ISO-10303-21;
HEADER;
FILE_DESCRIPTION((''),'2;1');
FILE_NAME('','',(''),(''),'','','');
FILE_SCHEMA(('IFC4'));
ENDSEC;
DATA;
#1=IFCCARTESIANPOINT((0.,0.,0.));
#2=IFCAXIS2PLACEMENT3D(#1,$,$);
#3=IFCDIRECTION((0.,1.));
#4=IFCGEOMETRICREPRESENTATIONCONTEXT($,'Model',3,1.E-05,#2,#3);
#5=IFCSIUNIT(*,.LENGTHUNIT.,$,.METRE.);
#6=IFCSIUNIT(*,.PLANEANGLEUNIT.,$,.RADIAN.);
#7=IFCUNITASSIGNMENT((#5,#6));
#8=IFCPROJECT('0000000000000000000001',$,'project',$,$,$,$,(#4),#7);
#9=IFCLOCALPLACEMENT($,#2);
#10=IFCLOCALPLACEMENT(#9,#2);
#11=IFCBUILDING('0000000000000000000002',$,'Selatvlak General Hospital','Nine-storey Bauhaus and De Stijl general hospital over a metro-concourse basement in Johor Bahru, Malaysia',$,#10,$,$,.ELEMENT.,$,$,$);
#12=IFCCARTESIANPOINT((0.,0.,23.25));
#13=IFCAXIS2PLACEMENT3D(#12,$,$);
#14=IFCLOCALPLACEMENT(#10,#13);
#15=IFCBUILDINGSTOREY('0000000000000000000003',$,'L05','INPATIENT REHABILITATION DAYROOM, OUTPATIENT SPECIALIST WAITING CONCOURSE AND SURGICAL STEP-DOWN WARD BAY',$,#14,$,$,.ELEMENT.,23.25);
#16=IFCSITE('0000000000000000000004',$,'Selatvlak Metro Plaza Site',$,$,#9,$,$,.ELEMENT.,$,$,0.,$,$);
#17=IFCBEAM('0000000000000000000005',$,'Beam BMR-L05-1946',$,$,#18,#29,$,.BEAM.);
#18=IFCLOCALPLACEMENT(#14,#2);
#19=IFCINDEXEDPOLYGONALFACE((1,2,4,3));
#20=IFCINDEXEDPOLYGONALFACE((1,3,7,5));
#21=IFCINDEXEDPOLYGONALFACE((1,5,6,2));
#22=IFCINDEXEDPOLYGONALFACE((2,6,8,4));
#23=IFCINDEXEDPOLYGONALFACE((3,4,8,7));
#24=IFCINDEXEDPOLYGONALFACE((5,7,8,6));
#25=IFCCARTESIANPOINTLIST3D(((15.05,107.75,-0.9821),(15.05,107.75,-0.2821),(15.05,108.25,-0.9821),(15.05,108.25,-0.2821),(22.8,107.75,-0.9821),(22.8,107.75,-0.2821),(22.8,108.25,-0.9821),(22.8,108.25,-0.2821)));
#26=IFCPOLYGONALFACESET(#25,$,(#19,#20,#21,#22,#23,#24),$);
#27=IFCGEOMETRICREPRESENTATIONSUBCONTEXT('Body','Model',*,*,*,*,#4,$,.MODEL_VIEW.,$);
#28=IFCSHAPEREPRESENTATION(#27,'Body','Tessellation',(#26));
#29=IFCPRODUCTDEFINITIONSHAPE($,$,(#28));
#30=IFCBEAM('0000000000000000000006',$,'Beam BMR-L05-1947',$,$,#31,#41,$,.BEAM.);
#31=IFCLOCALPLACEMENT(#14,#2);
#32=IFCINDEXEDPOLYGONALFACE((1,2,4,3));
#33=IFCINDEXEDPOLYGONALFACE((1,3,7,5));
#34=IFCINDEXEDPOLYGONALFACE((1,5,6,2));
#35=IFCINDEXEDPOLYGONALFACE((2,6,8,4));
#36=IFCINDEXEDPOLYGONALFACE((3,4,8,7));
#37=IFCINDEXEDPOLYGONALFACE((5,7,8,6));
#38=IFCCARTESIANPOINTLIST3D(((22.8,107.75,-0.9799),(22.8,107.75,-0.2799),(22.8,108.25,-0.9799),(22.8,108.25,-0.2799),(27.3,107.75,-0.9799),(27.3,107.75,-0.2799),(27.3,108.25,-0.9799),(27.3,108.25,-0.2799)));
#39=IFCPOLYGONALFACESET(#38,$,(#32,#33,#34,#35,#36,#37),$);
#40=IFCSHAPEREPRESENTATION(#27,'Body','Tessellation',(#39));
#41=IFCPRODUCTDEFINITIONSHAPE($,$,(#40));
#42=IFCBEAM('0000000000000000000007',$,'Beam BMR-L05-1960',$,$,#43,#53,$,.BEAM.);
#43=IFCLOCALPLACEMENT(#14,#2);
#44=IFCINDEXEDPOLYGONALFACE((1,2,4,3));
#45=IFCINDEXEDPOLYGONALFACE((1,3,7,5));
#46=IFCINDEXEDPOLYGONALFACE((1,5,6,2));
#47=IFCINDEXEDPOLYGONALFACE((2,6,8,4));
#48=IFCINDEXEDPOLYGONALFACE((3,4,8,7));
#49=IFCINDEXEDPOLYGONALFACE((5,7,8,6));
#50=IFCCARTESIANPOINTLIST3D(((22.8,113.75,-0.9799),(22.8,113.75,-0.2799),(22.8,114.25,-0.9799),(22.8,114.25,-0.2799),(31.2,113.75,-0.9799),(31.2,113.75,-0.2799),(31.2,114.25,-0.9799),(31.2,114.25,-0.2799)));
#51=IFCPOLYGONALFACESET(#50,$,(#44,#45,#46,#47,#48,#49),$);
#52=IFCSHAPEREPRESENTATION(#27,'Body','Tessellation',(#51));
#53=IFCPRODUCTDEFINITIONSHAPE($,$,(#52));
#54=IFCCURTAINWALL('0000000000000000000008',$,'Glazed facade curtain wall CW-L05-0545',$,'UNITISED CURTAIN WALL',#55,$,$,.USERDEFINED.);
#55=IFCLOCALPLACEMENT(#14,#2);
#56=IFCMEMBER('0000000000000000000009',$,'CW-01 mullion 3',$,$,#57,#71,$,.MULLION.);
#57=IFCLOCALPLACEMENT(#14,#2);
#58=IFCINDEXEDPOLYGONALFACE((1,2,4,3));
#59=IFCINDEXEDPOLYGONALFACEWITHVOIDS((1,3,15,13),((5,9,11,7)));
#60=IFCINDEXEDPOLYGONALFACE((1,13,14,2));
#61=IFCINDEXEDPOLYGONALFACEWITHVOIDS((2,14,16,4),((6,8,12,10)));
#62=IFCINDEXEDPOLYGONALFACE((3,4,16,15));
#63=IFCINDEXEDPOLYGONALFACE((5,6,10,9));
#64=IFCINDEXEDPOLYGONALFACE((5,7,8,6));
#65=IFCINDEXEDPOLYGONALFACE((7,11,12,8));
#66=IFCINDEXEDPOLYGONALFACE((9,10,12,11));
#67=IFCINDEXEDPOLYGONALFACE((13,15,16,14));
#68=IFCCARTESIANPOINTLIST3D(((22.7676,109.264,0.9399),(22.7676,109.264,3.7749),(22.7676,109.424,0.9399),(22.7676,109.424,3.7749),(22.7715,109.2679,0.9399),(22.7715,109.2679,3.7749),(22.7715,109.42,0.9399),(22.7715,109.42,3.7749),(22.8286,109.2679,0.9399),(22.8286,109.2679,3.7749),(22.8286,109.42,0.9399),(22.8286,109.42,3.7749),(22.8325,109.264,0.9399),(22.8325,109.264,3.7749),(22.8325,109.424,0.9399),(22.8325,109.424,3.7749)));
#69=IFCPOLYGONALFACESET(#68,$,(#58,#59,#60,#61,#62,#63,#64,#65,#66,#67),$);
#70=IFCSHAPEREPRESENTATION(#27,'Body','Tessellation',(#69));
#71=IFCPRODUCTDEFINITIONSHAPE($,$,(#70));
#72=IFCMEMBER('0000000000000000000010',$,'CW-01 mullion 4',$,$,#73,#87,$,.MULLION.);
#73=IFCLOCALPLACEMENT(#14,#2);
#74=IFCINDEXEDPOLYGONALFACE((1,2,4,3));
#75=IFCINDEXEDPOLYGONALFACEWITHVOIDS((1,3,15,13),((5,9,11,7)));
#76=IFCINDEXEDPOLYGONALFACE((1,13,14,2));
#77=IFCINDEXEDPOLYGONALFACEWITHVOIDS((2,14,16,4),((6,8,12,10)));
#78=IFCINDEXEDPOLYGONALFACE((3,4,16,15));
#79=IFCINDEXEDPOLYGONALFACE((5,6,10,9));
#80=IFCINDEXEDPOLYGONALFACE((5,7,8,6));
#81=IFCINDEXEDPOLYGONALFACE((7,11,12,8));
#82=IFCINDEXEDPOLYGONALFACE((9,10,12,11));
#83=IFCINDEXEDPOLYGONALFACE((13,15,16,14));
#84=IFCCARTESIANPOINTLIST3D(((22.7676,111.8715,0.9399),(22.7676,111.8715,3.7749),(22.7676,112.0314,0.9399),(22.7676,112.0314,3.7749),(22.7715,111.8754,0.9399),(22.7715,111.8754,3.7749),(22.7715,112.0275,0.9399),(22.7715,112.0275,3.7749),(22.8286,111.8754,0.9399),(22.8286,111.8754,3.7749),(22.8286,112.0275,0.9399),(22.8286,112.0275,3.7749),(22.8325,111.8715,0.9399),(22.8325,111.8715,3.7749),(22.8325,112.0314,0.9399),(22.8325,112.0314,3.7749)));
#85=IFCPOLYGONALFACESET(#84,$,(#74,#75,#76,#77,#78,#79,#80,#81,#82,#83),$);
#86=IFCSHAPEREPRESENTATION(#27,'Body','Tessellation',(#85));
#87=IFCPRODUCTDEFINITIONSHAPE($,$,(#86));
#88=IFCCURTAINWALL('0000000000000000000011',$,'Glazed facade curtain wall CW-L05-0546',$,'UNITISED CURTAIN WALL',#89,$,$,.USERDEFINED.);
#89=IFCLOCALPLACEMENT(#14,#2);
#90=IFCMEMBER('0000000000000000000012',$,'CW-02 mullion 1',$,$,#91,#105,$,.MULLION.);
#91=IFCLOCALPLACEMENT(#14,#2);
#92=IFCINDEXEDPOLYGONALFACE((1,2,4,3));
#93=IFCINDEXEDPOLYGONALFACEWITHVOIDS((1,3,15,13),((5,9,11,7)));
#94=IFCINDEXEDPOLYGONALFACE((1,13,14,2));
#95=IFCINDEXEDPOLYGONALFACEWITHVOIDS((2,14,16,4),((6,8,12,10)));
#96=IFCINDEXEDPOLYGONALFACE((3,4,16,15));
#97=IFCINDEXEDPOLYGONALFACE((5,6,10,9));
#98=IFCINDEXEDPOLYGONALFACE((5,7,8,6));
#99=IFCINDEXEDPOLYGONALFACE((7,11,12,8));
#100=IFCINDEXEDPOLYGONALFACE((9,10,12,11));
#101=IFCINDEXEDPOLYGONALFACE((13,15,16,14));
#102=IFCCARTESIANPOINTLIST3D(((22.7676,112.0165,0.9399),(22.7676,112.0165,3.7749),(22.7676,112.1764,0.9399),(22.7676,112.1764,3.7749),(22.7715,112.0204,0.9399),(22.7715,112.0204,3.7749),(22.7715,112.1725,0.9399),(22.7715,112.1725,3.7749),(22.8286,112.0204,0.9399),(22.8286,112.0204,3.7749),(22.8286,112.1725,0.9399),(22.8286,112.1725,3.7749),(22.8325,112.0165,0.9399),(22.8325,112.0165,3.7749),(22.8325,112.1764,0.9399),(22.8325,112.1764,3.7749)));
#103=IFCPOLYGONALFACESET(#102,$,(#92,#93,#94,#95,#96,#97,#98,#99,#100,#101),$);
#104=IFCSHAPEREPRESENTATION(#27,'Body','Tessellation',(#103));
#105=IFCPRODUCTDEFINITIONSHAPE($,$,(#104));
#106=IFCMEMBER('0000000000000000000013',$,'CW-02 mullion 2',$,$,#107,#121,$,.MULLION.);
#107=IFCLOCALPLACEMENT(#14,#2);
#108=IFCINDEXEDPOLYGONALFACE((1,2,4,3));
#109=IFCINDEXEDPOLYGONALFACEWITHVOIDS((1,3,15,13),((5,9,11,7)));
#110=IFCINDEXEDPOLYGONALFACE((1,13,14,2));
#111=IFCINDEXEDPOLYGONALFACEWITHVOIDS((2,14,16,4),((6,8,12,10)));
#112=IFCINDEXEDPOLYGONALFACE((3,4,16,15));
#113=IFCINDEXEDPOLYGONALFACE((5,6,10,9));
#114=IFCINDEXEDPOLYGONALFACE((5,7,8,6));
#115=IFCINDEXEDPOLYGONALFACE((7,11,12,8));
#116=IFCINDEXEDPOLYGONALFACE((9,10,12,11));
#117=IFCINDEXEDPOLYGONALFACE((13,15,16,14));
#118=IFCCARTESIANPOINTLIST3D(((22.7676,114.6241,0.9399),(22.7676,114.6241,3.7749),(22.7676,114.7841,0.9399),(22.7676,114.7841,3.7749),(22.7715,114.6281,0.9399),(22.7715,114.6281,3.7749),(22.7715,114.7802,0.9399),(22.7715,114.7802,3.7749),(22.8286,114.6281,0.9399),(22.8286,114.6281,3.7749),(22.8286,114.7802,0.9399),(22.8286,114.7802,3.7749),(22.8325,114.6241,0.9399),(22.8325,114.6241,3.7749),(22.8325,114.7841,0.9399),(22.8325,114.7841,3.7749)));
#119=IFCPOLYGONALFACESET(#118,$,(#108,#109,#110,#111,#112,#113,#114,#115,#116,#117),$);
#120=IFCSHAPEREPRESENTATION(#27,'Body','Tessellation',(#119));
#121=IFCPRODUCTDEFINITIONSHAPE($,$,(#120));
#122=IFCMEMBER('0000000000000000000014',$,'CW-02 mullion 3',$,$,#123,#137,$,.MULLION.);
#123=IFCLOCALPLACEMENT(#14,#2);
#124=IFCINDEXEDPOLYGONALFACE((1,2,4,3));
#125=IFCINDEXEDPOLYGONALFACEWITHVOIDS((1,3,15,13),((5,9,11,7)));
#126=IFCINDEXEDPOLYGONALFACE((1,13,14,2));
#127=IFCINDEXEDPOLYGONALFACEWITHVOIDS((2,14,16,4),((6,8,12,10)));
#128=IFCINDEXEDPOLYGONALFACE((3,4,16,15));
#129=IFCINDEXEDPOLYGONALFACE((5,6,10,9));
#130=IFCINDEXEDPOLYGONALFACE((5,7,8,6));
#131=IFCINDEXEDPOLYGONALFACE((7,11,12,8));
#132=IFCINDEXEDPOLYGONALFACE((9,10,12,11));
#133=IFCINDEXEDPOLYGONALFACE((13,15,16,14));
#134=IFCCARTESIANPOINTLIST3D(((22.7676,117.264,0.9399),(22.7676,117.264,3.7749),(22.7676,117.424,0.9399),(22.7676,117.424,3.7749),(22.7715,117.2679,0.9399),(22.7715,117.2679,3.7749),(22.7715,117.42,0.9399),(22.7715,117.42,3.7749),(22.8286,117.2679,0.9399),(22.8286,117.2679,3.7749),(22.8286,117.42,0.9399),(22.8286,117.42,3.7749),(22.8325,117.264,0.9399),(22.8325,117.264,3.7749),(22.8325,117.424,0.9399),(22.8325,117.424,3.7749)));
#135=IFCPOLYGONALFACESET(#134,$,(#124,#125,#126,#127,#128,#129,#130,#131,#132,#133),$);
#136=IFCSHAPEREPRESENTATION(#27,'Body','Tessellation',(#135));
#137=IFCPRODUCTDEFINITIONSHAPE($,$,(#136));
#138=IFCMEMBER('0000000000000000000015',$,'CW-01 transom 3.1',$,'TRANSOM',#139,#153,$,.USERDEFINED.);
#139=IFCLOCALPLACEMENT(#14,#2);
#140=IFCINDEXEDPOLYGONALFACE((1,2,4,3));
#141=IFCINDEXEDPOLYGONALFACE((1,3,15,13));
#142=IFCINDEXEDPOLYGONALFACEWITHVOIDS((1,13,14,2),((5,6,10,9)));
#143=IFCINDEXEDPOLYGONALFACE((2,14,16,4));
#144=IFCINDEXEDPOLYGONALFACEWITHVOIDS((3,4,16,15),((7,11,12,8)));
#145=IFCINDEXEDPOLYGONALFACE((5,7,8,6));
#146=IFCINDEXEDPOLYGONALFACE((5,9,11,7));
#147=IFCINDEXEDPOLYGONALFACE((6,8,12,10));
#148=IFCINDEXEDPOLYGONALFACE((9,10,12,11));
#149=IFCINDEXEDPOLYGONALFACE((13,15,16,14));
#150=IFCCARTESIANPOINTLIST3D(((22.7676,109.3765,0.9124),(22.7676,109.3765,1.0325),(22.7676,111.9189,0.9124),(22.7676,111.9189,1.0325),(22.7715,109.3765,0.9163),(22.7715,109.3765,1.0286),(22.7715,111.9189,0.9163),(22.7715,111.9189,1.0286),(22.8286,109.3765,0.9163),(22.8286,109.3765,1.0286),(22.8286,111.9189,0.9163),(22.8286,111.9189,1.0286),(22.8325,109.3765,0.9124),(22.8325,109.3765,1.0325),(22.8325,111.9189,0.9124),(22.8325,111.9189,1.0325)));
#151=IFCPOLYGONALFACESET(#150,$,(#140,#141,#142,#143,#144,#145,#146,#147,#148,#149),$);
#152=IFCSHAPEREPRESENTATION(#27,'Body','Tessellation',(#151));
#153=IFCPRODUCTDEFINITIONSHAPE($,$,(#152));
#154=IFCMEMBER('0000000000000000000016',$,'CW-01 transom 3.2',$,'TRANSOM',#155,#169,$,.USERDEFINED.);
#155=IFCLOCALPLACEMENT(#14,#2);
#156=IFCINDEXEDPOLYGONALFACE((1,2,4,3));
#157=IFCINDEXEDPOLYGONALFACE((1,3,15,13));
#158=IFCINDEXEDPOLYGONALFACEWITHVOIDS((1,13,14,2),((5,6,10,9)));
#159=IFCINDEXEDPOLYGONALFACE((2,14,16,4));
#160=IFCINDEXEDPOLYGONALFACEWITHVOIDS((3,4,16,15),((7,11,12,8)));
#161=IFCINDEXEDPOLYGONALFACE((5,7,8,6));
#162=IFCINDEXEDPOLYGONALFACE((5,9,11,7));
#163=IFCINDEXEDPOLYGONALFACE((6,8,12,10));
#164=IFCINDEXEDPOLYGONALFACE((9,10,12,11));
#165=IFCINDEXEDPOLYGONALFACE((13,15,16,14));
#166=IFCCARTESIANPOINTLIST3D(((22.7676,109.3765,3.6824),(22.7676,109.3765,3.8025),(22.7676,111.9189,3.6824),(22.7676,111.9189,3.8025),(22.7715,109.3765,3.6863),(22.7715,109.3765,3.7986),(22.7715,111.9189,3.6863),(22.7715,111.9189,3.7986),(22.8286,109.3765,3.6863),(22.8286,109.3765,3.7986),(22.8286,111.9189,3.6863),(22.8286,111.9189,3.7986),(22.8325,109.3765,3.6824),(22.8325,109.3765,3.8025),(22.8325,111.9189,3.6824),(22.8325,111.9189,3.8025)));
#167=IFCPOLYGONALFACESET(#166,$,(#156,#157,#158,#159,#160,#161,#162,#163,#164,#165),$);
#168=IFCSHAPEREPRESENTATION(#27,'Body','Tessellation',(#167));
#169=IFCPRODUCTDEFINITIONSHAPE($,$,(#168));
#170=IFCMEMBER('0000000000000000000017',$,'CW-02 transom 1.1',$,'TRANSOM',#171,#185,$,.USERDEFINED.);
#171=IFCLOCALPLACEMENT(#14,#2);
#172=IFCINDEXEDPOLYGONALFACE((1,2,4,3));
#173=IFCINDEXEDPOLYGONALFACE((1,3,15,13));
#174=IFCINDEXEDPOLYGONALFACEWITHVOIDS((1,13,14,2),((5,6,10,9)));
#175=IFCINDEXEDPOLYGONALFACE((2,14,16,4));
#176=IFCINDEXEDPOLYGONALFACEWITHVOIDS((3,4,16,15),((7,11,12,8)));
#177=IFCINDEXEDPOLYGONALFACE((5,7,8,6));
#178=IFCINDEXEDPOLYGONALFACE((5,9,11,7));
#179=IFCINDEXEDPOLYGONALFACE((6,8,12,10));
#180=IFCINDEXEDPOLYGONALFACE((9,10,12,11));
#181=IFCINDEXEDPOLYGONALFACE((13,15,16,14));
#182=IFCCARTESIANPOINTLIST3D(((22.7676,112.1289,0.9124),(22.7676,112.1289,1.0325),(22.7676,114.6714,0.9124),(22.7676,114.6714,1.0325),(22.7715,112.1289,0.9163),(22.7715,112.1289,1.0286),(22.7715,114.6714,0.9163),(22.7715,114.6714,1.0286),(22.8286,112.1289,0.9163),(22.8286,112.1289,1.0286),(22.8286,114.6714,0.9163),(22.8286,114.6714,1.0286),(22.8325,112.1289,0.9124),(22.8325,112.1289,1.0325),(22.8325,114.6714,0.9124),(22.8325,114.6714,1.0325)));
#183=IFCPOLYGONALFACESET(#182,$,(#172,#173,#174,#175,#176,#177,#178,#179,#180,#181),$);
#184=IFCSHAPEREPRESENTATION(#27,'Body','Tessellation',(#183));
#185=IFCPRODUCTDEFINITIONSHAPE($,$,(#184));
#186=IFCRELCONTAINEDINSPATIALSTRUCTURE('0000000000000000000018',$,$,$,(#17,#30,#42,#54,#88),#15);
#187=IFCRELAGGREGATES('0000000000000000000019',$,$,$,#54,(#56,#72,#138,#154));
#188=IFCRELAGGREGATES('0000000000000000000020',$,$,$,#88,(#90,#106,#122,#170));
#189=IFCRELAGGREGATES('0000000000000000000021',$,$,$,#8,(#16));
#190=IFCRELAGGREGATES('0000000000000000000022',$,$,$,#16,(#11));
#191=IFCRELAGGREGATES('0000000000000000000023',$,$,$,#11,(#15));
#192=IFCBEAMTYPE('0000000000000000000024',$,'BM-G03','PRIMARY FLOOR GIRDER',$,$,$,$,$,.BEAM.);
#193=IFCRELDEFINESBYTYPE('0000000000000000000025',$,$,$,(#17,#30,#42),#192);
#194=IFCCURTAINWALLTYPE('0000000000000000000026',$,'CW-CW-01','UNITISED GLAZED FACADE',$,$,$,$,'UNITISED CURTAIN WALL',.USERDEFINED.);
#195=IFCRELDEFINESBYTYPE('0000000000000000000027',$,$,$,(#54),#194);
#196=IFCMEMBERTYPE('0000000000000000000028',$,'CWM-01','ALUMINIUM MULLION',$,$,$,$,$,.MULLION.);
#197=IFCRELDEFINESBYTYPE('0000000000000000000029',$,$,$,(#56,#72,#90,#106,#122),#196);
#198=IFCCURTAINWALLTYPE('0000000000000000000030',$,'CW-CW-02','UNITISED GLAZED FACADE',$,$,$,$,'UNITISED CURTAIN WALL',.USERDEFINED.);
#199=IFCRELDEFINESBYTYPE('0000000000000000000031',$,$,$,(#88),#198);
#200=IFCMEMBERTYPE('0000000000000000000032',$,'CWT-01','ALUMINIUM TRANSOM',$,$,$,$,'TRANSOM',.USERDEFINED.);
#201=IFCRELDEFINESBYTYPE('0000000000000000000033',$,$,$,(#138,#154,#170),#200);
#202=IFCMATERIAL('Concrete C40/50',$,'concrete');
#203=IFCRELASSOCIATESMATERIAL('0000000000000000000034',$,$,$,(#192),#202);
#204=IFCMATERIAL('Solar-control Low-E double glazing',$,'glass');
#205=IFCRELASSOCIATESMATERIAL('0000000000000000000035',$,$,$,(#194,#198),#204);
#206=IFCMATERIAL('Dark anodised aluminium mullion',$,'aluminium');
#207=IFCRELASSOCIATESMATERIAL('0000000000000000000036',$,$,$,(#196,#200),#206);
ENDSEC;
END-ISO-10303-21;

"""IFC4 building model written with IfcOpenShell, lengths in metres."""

from ifc_helpers import new_model, si_unit, direction, frame, origin, origin_2d, place, context, subcontext, project, spatial, rectangle, hollow_rectangle, extrude, material, material_profile, profile_set, type_object, element, aggregate, save


model = new_model("IFC4")

# Units and contexts
model_context = context("Model", 3, precision=1e-05, world=origin(), true_north=direction((0.0, 1.0)))
body_context = subcontext(model_context, "Body", "Model", "MODEL_VIEW")
ifc_project = project(units=[si_unit("LENGTHUNIT", "METRE"), si_unit("PLANEANGLEUNIT", "RADIAN")], contexts=[model_context])

# Site, building, storey
site_placement = place(None, origin())
site = spatial("IfcSite", under=ifc_project, at=site_placement, Name="Selatvlak Metro Plaza Site", CompositionType="ELEMENT", RefElevation=0.0)
building_placement = place(site_placement, origin())
building = spatial("IfcBuilding", under=site, at=building_placement, Name="Selatvlak General Hospital", Description="Nine-storey Bauhaus and De Stijl general hospital over a metro-concourse basement in Johor Bahru, Malaysia", CompositionType="ELEMENT")
storey_placement = place(building_placement, frame((0.0, 0.0, 23.25)))
storey = spatial("IfcBuildingStorey", under=building, at=storey_placement, Name="L05", Description="INPATIENT REHABILITATION DAYROOM, OUTPATIENT SPECIALIST WAITING CONCOURSE AND SURGICAL STEP-DOWN WARD BAY", CompositionType="ELEMENT", Elevation=23.25)

# Beams
ifc_material_1 = material(Name="Concrete C40/50", Category="concrete")
ifc_material_profile_1 = material_profile(ifc_material_1, rectangle(XDim=0.5, YDim=0.7, at=origin_2d()), Name="RC-BM 500x700")
ifc_profile_set_1 = profile_set([ifc_material_profile_1], Name="Concrete C40/50")
beam_type = type_object("IfcBeamType", Name="BM-G03", Description="PRIMARY FLOOR GIRDER", PredefinedType="BEAM", material=ifc_profile_set_1)
beam_1_placement = place(storey_placement, frame((15.05, 108.0, -0.6321), z_axis=(1.0, 0.0, 0.0), x_axis=(0.0, 1.0, 0.0)))
element("IfcBeam", 1, at=beam_1_placement, inside=storey, type_object=beam_type, Name="Beam BMR-L05-1946", PredefinedType="BEAM", context=body_context, shape_type="SweptSolid", body=[
    extrude(rectangle(XDim=0.5, YDim=0.7, at=origin_2d()), origin(), (0.0, 0.0, 1.0), 7.75),
])
beam_2_placement = place(storey_placement, frame((22.8, 108.0, -0.6299), z_axis=(1.0, 0.0, 0.0), x_axis=(0.0, 1.0, 0.0)))
element("IfcBeam", 2, at=beam_2_placement, inside=storey, type_object=beam_type, Name="Beam BMR-L05-1947", PredefinedType="BEAM", context=body_context, shape_type="SweptSolid", body=[
    extrude(rectangle(XDim=0.5, YDim=0.7, at=origin_2d()), origin(), (0.0, 0.0, 1.0), 4.5),
])
beam_3_placement = place(storey_placement, frame((22.8, 114.0, -0.6299), z_axis=(1.0, 0.0, 0.0), x_axis=(0.0, 1.0, 0.0)))
element("IfcBeam", 3, at=beam_3_placement, inside=storey, type_object=beam_type, Name="Beam BMR-L05-1960", PredefinedType="BEAM", context=body_context, shape_type="SweptSolid", body=[
    extrude(rectangle(XDim=0.5, YDim=0.7, at=origin_2d()), origin(), (0.0, 0.0, 1.0), 8.3999),
])

# Curtain walls, members
ifc_material_2 = material(Name="Solar-control Low-E double glazing", Category="glass")
curtain_wall_type_1 = type_object("IfcCurtainWallType", Name="CW-CW-01", Description="UNITISED GLAZED FACADE", ElementType="UNITISED CURTAIN WALL", PredefinedType="USERDEFINED", material=ifc_material_2)
curtain_wall_1_placement = place(storey_placement, origin())
curtain_wall_1 = element("IfcCurtainWall", 4, at=curtain_wall_1_placement, inside=storey, type_object=curtain_wall_type_1, Name="Glazed facade curtain wall CW-L05-0545", ObjectType="UNITISED CURTAIN WALL", PredefinedType="USERDEFINED")
ifc_material_3 = material(Name="Dark anodised aluminium mullion", Category="aluminium")
ifc_material_profile_2 = material_profile(ifc_material_3, hollow_rectangle(XDim=0.0649, YDim=0.1599, WallThickness=0.0039, at=origin_2d()), Name="AL-MUL 65x160x4")
ifc_profile_set_2 = profile_set([ifc_material_profile_2], Name="Dark anodised aluminium mullion")
member_type_1 = type_object("IfcMemberType", Name="CWM-01", Description="ALUMINIUM MULLION", PredefinedType="MULLION", material=ifc_profile_set_2)
member_1_placement = place(storey_placement, frame((22.8, 109.344, 0.9399), z_axis=(0.0, 0.0, 1.0), x_axis=(-1.0, 0.0, 0.0)))
member_1 = element("IfcMember", 5, at=member_1_placement, type_object=member_type_1, Name="CW-01 mullion 3", PredefinedType="MULLION", context=body_context, shape_type="SweptSolid", body=[
    extrude(hollow_rectangle(XDim=0.0649, YDim=0.1599, WallThickness=0.0039, at=origin_2d()), origin(), (0.0, 0.0, 1.0), 2.835),
])
member_2_placement = place(storey_placement, frame((22.8, 111.9514, 0.9399), z_axis=(0.0, 0.0, 1.0), x_axis=(-1.0, 0.0, 0.0)))
member_2 = element("IfcMember", 6, at=member_2_placement, type_object=member_type_1, Name="CW-01 mullion 4", PredefinedType="MULLION", context=body_context, shape_type="SweptSolid", body=[
    extrude(hollow_rectangle(XDim=0.0649, YDim=0.1599, WallThickness=0.0039, at=origin_2d()), origin(), (0.0, 0.0, 1.0), 2.835),
])
curtain_wall_type_2 = type_object("IfcCurtainWallType", Name="CW-CW-02", Description="UNITISED GLAZED FACADE", ElementType="UNITISED CURTAIN WALL", PredefinedType="USERDEFINED", material=ifc_material_2)
curtain_wall_2_placement = place(storey_placement, origin())
curtain_wall_2 = element("IfcCurtainWall", 7, at=curtain_wall_2_placement, inside=storey, type_object=curtain_wall_type_2, Name="Glazed facade curtain wall CW-L05-0546", ObjectType="UNITISED CURTAIN WALL", PredefinedType="USERDEFINED")
member_3_placement = place(storey_placement, frame((22.8, 112.0964, 0.9399), z_axis=(0.0, 0.0, 1.0), x_axis=(-1.0, 0.0, 0.0)))
member_3 = element("IfcMember", 8, at=member_3_placement, type_object=member_type_1, Name="CW-02 mullion 1", PredefinedType="MULLION", context=body_context, shape_type="SweptSolid", body=[
    extrude(hollow_rectangle(XDim=0.0649, YDim=0.1599, WallThickness=0.0039, at=origin_2d()), origin(), (0.0, 0.0, 1.0), 2.835),
])
member_4_placement = place(storey_placement, frame((22.8, 114.7041, 0.9399), z_axis=(0.0, 0.0, 1.0), x_axis=(-1.0, 0.0, 0.0)))
member_4 = element("IfcMember", 9, at=member_4_placement, type_object=member_type_1, Name="CW-02 mullion 2", PredefinedType="MULLION", context=body_context, shape_type="SweptSolid", body=[
    extrude(hollow_rectangle(XDim=0.0649, YDim=0.1599, WallThickness=0.0039, at=origin_2d()), origin(), (0.0, 0.0, 1.0), 2.835),
])
member_5_placement = place(storey_placement, frame((22.8, 117.344, 0.9399), z_axis=(0.0, 0.0, 1.0), x_axis=(-1.0, 0.0, 0.0)))
member_5 = element("IfcMember", 10, at=member_5_placement, type_object=member_type_1, Name="CW-02 mullion 3", PredefinedType="MULLION", context=body_context, shape_type="SweptSolid", body=[
    extrude(hollow_rectangle(XDim=0.0649, YDim=0.1599, WallThickness=0.0039, at=origin_2d()), origin(), (0.0, 0.0, 1.0), 2.835),
])

# Members
ifc_material_profile_3 = material_profile(ifc_material_3, hollow_rectangle(XDim=0.0649, YDim=0.1201, WallThickness=0.0039, at=origin_2d()), Name="AL-TRN 65x120x4")
ifc_profile_set_3 = profile_set([ifc_material_profile_3], Name="Dark anodised aluminium mullion")
member_type_2 = type_object("IfcMemberType", Name="CWT-01", Description="ALUMINIUM TRANSOM", ElementType="TRANSOM", PredefinedType="USERDEFINED", material=ifc_profile_set_3)
member_6_placement = place(storey_placement, frame((22.8, 109.3765, 0.9724), z_axis=(0.0, 1.0, 0.0), x_axis=(-1.0, 0.0, 0.0)))
member_6 = element("IfcMember", 11, at=member_6_placement, type_object=member_type_2, Name="CW-01 transom 3.1", ObjectType="TRANSOM", PredefinedType="USERDEFINED", context=body_context, shape_type="SweptSolid", body=[
    extrude(hollow_rectangle(XDim=0.0649, YDim=0.1201, WallThickness=0.0039, at=origin_2d()), origin(), (0.0, 0.0, 1.0), 2.5425),
])
member_7_placement = place(storey_placement, frame((22.8, 109.3765, 3.7424), z_axis=(0.0, 1.0, 0.0), x_axis=(-1.0, 0.0, 0.0)))
member_7 = element("IfcMember", 12, at=member_7_placement, type_object=member_type_2, Name="CW-01 transom 3.2", ObjectType="TRANSOM", PredefinedType="USERDEFINED", context=body_context, shape_type="SweptSolid", body=[
    extrude(hollow_rectangle(XDim=0.0649, YDim=0.1201, WallThickness=0.0039, at=origin_2d()), origin(), (0.0, 0.0, 1.0), 2.5425),
])
member_8_placement = place(storey_placement, frame((22.8, 112.1289, 0.9724), z_axis=(0.0, 1.0, 0.0), x_axis=(-1.0, 0.0, 0.0)))
member_8 = element("IfcMember", 13, at=member_8_placement, type_object=member_type_2, Name="CW-02 transom 1.1", ObjectType="TRANSOM", PredefinedType="USERDEFINED", context=body_context, shape_type="SweptSolid", body=[
    extrude(hollow_rectangle(XDim=0.0649, YDim=0.1201, WallThickness=0.0039, at=origin_2d()), origin(), (0.0, 0.0, 1.0), 2.5425),
])

aggregate(curtain_wall_1, [member_1, member_2, member_6, member_7])
aggregate(curtain_wall_2, [member_3, member_4, member_5, member_8])

save(model, "model.ifc")
